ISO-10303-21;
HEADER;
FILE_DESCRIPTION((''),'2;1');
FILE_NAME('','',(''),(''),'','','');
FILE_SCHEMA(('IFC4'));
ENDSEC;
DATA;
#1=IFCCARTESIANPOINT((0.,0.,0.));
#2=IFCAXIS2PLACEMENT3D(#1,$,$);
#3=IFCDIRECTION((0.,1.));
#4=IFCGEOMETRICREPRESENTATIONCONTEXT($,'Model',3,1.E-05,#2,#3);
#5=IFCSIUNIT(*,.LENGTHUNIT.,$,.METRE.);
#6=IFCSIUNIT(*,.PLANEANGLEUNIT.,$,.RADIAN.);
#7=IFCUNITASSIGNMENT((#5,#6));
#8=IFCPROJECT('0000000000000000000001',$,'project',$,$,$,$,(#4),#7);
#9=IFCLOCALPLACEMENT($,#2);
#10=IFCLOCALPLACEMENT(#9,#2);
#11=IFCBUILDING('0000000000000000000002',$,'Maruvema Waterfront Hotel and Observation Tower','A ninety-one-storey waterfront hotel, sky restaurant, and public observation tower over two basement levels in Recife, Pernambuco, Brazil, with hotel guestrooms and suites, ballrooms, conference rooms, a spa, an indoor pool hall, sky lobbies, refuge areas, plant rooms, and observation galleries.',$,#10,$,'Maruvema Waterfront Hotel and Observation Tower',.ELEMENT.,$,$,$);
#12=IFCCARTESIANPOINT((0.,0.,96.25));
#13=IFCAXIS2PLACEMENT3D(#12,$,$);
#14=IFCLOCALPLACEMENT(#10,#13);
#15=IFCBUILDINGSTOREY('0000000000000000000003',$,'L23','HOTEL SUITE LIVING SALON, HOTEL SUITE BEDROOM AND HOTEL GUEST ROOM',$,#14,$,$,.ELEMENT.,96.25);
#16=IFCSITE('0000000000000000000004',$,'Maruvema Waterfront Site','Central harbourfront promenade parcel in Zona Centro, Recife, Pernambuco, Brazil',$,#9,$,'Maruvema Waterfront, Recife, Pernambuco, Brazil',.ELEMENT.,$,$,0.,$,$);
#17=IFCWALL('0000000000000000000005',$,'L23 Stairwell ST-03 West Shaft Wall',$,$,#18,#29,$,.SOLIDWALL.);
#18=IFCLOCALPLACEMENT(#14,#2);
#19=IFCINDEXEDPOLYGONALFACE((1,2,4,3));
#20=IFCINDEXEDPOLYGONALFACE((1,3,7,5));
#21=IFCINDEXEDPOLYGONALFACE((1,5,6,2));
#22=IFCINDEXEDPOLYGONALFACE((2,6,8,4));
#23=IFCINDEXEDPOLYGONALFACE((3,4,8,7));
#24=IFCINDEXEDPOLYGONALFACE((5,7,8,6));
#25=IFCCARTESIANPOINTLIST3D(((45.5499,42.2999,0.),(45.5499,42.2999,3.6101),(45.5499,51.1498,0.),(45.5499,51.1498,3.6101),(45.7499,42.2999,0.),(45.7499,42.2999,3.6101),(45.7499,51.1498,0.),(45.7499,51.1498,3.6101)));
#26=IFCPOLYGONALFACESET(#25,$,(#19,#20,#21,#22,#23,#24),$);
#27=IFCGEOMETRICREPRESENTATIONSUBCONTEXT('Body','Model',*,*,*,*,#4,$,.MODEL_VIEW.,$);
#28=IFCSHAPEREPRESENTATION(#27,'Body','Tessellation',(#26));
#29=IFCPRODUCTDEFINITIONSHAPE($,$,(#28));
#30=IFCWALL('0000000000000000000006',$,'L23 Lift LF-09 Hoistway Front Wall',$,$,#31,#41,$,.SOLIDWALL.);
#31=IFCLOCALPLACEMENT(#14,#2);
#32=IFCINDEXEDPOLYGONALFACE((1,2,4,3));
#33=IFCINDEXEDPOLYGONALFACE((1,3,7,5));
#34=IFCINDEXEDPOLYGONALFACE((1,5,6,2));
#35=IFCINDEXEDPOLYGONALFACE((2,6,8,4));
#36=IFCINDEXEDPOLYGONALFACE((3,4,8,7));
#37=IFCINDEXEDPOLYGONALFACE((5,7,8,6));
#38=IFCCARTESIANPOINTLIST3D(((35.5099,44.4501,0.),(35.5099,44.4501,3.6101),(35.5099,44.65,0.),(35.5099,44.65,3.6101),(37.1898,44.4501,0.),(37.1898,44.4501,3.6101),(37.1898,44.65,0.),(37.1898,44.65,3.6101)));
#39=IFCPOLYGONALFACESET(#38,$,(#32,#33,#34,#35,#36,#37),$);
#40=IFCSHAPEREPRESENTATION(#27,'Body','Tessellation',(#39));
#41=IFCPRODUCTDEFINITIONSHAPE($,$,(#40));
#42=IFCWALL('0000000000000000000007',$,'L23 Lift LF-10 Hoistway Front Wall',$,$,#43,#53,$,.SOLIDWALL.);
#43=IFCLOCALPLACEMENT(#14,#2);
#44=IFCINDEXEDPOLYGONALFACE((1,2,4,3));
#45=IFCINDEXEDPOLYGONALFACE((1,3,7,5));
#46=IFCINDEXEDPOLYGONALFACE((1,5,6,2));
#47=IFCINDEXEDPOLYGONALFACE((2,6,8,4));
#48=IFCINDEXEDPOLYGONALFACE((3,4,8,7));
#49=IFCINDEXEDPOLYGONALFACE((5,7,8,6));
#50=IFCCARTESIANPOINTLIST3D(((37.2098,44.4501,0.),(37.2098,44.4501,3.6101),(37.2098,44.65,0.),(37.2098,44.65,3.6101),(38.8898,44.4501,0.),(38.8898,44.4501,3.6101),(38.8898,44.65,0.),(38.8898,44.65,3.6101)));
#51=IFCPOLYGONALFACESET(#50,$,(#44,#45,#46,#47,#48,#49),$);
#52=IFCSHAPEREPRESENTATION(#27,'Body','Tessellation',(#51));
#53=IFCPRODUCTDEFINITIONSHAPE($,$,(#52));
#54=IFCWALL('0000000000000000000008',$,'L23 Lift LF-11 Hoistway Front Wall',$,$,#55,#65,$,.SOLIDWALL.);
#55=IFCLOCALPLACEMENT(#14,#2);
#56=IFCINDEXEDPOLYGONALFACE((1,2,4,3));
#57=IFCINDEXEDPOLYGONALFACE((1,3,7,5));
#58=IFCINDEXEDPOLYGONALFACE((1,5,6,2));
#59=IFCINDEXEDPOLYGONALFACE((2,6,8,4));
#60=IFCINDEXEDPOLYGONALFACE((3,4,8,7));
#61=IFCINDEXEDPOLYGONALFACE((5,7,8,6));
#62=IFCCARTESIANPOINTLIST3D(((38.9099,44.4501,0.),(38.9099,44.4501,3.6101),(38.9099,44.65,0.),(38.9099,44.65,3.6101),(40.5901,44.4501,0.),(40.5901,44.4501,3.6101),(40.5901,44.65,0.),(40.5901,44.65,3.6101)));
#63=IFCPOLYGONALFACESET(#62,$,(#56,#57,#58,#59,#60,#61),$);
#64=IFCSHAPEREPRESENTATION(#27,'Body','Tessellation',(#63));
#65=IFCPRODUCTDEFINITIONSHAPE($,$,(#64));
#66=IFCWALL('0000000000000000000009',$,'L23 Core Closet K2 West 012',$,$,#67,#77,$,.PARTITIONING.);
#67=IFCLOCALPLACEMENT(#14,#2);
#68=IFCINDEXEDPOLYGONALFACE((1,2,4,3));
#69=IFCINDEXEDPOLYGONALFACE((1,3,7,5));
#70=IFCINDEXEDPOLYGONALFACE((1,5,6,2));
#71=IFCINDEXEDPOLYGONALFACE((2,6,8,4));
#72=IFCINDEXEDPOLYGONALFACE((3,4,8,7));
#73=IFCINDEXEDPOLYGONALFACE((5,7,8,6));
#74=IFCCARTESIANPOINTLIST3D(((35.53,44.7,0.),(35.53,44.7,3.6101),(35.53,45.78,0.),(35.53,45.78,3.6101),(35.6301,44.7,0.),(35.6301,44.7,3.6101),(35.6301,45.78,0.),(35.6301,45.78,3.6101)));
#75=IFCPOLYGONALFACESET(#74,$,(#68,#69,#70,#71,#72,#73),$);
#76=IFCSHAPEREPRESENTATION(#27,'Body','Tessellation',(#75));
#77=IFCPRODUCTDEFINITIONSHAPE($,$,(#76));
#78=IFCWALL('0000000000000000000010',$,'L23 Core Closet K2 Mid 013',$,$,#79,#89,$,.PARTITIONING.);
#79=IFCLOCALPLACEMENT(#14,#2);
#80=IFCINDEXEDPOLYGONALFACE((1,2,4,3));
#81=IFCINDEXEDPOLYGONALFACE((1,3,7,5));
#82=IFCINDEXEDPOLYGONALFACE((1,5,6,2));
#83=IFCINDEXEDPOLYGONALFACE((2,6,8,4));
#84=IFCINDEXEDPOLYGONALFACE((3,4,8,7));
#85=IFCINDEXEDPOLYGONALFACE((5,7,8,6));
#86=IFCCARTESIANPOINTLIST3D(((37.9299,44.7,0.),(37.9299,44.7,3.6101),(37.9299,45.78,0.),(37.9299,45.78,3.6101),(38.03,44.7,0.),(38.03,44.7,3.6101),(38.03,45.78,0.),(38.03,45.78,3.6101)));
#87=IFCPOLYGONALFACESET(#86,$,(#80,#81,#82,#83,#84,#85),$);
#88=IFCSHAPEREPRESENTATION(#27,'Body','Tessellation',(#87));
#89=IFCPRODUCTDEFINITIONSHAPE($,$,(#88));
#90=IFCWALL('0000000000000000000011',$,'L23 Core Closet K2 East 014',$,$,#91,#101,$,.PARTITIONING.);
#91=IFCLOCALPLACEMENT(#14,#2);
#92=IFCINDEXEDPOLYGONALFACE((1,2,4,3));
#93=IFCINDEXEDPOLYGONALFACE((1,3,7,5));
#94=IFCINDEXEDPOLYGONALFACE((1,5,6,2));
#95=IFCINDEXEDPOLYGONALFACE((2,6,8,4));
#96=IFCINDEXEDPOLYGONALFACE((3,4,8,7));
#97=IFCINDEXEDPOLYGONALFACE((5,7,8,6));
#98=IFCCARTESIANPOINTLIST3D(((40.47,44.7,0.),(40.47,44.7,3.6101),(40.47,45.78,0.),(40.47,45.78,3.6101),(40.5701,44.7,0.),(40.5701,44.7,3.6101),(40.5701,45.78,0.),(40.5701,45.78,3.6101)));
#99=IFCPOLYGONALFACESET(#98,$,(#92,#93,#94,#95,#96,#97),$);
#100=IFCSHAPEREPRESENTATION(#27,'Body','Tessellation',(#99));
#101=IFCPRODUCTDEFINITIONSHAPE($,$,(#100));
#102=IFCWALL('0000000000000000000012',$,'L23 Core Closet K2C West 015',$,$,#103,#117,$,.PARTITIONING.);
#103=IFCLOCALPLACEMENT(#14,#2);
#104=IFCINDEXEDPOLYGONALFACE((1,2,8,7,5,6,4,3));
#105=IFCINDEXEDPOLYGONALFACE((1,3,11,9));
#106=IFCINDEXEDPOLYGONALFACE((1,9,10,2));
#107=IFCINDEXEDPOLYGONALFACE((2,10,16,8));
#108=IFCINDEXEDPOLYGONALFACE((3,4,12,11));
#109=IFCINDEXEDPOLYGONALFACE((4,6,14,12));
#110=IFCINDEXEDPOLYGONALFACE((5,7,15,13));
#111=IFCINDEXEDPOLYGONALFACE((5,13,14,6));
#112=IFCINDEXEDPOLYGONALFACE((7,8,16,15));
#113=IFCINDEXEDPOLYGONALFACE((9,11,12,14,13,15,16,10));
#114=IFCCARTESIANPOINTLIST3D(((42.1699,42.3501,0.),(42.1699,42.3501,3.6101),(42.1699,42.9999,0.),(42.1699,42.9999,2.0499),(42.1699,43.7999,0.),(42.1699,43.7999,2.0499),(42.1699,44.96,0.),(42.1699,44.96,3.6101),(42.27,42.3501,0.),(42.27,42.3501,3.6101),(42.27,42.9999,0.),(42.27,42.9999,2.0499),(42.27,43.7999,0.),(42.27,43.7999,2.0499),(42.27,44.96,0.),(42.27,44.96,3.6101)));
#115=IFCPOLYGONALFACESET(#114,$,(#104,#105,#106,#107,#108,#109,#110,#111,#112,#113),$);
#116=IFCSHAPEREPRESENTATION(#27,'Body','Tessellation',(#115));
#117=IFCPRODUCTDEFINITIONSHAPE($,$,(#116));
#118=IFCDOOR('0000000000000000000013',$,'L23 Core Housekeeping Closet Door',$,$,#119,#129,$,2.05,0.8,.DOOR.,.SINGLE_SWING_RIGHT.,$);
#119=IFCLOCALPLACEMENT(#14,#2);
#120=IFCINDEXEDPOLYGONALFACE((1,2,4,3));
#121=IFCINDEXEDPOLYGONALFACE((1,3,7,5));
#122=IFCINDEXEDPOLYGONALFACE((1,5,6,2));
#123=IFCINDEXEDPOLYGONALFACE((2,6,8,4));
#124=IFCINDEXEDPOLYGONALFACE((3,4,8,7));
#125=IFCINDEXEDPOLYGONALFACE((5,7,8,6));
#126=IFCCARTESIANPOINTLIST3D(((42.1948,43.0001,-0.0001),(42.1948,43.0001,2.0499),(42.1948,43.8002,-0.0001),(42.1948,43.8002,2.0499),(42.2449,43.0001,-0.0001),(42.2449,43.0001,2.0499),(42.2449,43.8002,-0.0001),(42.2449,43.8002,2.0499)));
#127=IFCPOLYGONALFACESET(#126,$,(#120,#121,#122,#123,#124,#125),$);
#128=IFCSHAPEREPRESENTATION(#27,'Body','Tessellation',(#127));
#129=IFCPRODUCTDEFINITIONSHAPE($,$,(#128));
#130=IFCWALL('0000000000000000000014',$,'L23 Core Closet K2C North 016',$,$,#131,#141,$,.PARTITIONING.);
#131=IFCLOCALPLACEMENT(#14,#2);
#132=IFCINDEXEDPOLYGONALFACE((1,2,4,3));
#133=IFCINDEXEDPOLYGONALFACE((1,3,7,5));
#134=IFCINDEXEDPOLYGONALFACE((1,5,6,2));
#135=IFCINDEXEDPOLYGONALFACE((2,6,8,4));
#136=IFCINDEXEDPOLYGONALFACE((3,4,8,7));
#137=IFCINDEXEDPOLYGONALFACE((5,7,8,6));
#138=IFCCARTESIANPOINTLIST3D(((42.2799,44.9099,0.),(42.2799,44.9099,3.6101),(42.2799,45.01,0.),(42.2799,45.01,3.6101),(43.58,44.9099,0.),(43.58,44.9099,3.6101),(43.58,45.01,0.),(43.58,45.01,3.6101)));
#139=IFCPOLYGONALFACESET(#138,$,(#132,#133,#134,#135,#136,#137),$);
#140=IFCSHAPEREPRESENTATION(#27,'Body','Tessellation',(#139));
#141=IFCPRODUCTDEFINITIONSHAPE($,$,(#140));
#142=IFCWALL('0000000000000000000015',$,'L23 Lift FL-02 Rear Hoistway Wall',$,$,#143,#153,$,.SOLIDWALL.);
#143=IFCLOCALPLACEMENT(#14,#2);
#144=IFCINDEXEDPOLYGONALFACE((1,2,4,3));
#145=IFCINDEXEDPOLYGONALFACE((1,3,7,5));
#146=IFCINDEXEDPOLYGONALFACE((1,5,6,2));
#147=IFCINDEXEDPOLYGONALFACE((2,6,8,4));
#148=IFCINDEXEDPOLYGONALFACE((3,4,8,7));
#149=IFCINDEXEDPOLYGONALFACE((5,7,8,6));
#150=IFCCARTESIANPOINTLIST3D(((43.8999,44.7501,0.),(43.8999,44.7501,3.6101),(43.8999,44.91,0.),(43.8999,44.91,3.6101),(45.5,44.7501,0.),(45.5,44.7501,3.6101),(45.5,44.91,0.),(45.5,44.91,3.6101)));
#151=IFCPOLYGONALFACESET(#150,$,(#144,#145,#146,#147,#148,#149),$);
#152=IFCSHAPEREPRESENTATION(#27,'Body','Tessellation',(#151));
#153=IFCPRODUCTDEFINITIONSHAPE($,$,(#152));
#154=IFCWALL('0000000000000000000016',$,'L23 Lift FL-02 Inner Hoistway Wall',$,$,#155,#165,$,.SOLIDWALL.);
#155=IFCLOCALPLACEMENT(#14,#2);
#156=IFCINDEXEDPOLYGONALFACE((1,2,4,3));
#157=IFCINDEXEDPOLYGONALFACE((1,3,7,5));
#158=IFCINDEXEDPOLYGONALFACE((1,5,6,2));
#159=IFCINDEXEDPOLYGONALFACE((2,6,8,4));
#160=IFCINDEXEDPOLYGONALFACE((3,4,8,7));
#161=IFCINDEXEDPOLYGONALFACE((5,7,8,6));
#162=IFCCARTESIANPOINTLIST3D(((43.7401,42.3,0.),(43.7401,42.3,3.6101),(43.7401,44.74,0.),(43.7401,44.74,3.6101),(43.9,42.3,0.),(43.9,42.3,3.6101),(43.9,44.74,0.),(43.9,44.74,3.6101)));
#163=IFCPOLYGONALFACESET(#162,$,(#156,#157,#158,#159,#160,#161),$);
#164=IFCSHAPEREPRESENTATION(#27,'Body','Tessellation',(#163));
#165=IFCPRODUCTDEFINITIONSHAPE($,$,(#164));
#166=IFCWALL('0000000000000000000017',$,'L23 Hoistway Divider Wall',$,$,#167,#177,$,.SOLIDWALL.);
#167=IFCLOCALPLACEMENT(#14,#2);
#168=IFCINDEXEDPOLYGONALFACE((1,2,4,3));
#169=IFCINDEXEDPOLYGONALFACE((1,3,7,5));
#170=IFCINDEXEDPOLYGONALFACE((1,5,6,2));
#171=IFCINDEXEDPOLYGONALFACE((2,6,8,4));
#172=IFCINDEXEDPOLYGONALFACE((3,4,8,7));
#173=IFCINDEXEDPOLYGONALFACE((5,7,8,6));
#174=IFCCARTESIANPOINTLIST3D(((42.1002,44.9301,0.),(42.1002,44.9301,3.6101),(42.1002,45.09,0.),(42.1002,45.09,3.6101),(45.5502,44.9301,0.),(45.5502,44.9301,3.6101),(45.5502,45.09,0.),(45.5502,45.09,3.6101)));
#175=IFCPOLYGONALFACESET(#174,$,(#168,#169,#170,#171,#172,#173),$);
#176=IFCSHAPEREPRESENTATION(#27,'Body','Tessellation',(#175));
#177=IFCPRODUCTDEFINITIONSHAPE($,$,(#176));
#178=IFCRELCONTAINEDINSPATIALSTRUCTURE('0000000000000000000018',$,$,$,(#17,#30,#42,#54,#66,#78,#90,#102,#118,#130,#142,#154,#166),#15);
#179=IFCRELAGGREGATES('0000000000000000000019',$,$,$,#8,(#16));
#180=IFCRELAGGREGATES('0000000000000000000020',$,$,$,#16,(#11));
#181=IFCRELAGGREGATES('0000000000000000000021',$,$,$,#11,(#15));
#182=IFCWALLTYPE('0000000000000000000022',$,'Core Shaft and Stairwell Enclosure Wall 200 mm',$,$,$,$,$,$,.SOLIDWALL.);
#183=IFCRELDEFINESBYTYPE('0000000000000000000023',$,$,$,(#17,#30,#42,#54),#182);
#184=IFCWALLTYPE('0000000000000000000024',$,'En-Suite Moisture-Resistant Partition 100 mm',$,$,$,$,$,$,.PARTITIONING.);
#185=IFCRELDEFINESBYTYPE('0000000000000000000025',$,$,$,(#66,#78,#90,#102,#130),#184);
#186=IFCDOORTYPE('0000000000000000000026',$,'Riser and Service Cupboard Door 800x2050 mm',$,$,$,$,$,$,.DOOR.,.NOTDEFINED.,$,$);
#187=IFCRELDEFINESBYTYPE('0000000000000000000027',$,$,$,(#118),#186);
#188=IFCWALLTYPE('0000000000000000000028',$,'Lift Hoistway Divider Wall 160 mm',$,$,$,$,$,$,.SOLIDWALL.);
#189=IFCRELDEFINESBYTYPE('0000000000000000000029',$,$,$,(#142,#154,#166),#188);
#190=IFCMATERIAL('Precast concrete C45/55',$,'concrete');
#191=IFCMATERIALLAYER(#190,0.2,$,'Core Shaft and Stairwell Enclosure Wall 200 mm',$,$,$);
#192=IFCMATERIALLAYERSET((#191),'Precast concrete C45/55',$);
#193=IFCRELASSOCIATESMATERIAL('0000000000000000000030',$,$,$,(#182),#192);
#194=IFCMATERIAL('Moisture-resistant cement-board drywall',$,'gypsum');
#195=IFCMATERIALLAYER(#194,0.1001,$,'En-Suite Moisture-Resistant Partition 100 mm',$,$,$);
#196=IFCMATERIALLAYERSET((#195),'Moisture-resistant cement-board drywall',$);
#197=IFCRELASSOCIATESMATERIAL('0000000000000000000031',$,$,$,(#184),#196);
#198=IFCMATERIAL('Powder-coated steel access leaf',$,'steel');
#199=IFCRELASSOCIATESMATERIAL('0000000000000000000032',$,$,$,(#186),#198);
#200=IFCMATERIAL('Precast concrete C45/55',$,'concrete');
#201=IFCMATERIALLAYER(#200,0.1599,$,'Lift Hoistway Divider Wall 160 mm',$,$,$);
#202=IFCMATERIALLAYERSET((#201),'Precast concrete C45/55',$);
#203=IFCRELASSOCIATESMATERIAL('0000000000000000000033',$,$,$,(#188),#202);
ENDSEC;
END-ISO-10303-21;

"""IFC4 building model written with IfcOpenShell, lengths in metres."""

from ifc_helpers import new_model, si_unit, direction, frame, frame_2d, origin, place, context, subcontext, project, spatial, rectangle, extrude, material, layer, layer_set, type_object, element, fill, save


model = new_model("IFC4")

# Units and contexts
model_context = context("Model", 3, precision=1e-05, world=origin(), true_north=direction((0.0, 1.0)))
body_context = subcontext(model_context, "Body", "Model", "MODEL_VIEW")
ifc_project = project(units=[si_unit("LENGTHUNIT", "METRE"), si_unit("PLANEANGLEUNIT", "RADIAN")], contexts=[model_context])

# Site, building, storey
site_placement = place(None, origin())
site = spatial("IfcSite", under=ifc_project, at=site_placement, Name="Maruvema Waterfront Site", Description="Central harbourfront promenade parcel in Zona Centro, Recife, Pernambuco, Brazil", LongName="Maruvema Waterfront, Recife, Pernambuco, Brazil", CompositionType="ELEMENT", RefElevation=0.0)
building_placement = place(site_placement, origin())
building = spatial("IfcBuilding", under=site, at=building_placement, Name="Maruvema Waterfront Hotel and Observation Tower", Description="A ninety-one-storey waterfront hotel, sky restaurant, and public observation tower over two basement levels in Recife, Pernambuco, Brazil, with hotel guestrooms and suites, ballrooms, conference rooms, a spa, an indoor pool hall, sky lobbies, refuge areas, plant rooms, and observation galleries.", LongName="Maruvema Waterfront Hotel and Observation Tower", CompositionType="ELEMENT")
storey_placement = place(building_placement, frame((0.0, 0.0, 96.25)))
storey = spatial("IfcBuildingStorey", under=building, at=storey_placement, Name="L23", Description="HOTEL SUITE LIVING SALON, HOTEL SUITE BEDROOM AND HOTEL GUEST ROOM", CompositionType="ELEMENT", Elevation=96.25)

# Walls
ifc_material_1 = material(Name="Precast concrete C45/55", Category="concrete")
ifc_layer_1 = layer(ifc_material_1, 0.2, Name="Core Shaft and Stairwell Enclosure Wall 200 mm")
ifc_layer_set_1 = layer_set([ifc_layer_1], Name="Precast concrete C45/55")
wall_type_1 = type_object("IfcWallType", Name="Core Shaft and Stairwell Enclosure Wall 200 mm", PredefinedType="SOLIDWALL", material=ifc_layer_set_1)
wall_1_placement = place(storey_placement, frame((45.6499, 42.3, 0.0), z_axis=(0.0, 0.0, 1.0), x_axis=(0.0, 1.0, 0.0)))
element("IfcWall", 1, at=wall_1_placement, inside=storey, type_object=wall_type_1, Name="L23 Stairwell ST-03 West Shaft Wall", PredefinedType="SOLIDWALL", context=body_context, shape_type="SweptSolid", body=[
    extrude(rectangle(XDim=8.8499, YDim=0.2, at=frame_2d((4.4248, 0.0))), origin(), (0.0, 0.0, 1.0), 3.6101),
])
for number, where, z_axis, x_axis, name in (
    (2, (35.51, 44.55, 0.0), (0.0, 0.0, 1.0), (1.0, 0.0, 0.0), "L23 Lift LF-09 Hoistway Front Wall"),
    (3, (37.21, 44.55, 0.0), (0.0, 0.0, 1.0), (1.0, 0.0, 0.0), "L23 Lift LF-10 Hoistway Front Wall"),
):
    element("IfcWall", number, at=place(storey_placement, frame(where, z_axis=z_axis, x_axis=x_axis)), inside=storey, type_object=wall_type_1, Name=name, PredefinedType="SOLIDWALL", context=body_context, shape_type="SweptSolid", body=[
        extrude(rectangle(XDim=1.6799, YDim=0.2, at=frame_2d((0.8398, 0.0))), origin(), (0.0, 0.0, 1.0), 3.6101),
    ])
wall_2_placement = place(storey_placement, frame((38.9099, 44.55, 0.0), z_axis=(0.0, 0.0, 1.0), x_axis=(1.0, 0.0, 0.0)))
element("IfcWall", 4, at=wall_2_placement, inside=storey, type_object=wall_type_1, Name="L23 Lift LF-11 Hoistway Front Wall", PredefinedType="SOLIDWALL", context=body_context, shape_type="SweptSolid", body=[
    extrude(rectangle(XDim=1.6802, YDim=0.2, at=frame_2d((0.8401, 0.0))), origin(), (0.0, 0.0, 1.0), 3.6101),
])
ifc_material_2 = material(Name="Moisture-resistant cement-board drywall", Category="gypsum")
ifc_layer_2 = layer(ifc_material_2, 0.1001, Name="En-Suite Moisture-Resistant Partition 100 mm")
ifc_layer_set_2 = layer_set([ifc_layer_2], Name="Moisture-resistant cement-board drywall")
wall_type_2 = type_object("IfcWallType", Name="En-Suite Moisture-Resistant Partition 100 mm", PredefinedType="PARTITIONING", material=ifc_layer_set_2)
for number, where, z_axis, x_axis, name in (
    (5, (35.5801, 44.7, 0.0), (0.0, 0.0, 1.0), (0.0, 1.0, 0.0), "L23 Core Closet K2 West 012"),
    (6, (37.98, 44.7, 0.0), (0.0, 0.0, 1.0), (0.0, 1.0, 0.0), "L23 Core Closet K2 Mid 013"),
    (7, (40.52, 44.7, 0.0), (0.0, 0.0, 1.0), (0.0, 1.0, 0.0), "L23 Core Closet K2 East 014"),
):
    element("IfcWall", number, at=place(storey_placement, frame(where, z_axis=z_axis, x_axis=x_axis)), inside=storey, type_object=wall_type_2, Name=name, PredefinedType="PARTITIONING", context=body_context, shape_type="SweptSolid", body=[
        extrude(rectangle(XDim=1.0801, YDim=0.1001, at=frame_2d((0.54, 0.0))), origin(), (0.0, 0.0, 1.0), 3.6101),
    ])

# Wall, opening, door
wall_3_placement = place(storey_placement, frame((42.22, 42.3501, 0.0), z_axis=(0.0, 0.0, 1.0), x_axis=(0.0, 1.0, 0.0)))
wall_3 = element("IfcWall", 8, at=wall_3_placement, inside=storey, type_object=wall_type_2, Name="L23 Core Closet K2C West 015", PredefinedType="PARTITIONING", context=body_context, shape_type="SweptSolid", body=[
    extrude(rectangle(XDim=2.6099, YDim=0.1001, at=frame_2d((1.3049, 0.0))), origin(), (0.0, 0.0, 1.0), 3.6101),
])
opening_placement = place(wall_3_placement, frame((0.6499, 0.0, 0.0)))
opening = element("IfcOpeningElement", 9, at=opening_placement, cuts=wall_3, PredefinedType="OPENING", context=body_context, shape_type="SweptSolid", body=[
    extrude(rectangle(XDim=0.8, YDim=2.05, at=frame_2d((0.3999, 1.0249))), frame((0.0, 0.0601, 0.0), z_axis=(0.0, -1.0, 0.0), x_axis=(1.0, 0.0, 0.0)), (0.0, 0.0, 1.0), 0.1201),
])
ifc_material_3 = material(Name="Powder-coated steel access leaf", Category="steel")
door_type = type_object("IfcDoorType", Name="Riser and Service Cupboard Door 800x2050 mm", OperationType="NOTDEFINED", PredefinedType="DOOR", material=ifc_material_3)
door_placement = place(opening_placement, frame((0.8, 0.0, 0.0), z_axis=(0.0, 0.0, 1.0), x_axis=(-1.0, 0.0, 0.0)))
door = element("IfcDoor", 10, at=door_placement, inside=storey, type_object=door_type, Name="L23 Core Housekeeping Closet Door", OperationType="SINGLE_SWING_RIGHT", OverallHeight=2.05, OverallWidth=0.8, PredefinedType="DOOR", context=body_context, shape_type="SweptSolid", body=[
    extrude(rectangle(XDim=0.8, YDim=2.05, at=frame_2d((0.3999, 1.0249))), frame((0.0, 0.0249, 0.0), z_axis=(0.0, -1.0, 0.0), x_axis=(1.0, 0.0, 0.0)), (0.0, 0.0, 1.0), 0.05),
])
fill(opening, door)

# Walls
wall_4_placement = place(storey_placement, frame((42.28, 44.96, 0.0), z_axis=(0.0, 0.0, 1.0), x_axis=(1.0, 0.0, 0.0)))
element("IfcWall", 11, at=wall_4_placement, inside=storey, type_object=wall_type_2, Name="L23 Core Closet K2C North 016", PredefinedType="PARTITIONING", context=body_context, shape_type="SweptSolid", body=[
    extrude(rectangle(XDim=1.3, YDim=0.1001, at=frame_2d((0.6499, 0.0))), origin(), (0.0, 0.0, 1.0), 3.6101),
])
ifc_material_4 = material(Name="Precast concrete C45/55", Category="concrete")
ifc_layer_3 = layer(ifc_material_4, 0.1599, Name="Lift Hoistway Divider Wall 160 mm")
ifc_layer_set_3 = layer_set([ifc_layer_3], Name="Precast concrete C45/55")
wall_type_3 = type_object("IfcWallType", Name="Lift Hoistway Divider Wall 160 mm", PredefinedType="SOLIDWALL", material=ifc_layer_set_3)
wall_5_placement = place(storey_placement, frame((43.8999, 44.8301, 0.0), z_axis=(0.0, 0.0, 1.0), x_axis=(1.0, 0.0, 0.0)))
element("IfcWall", 12, at=wall_5_placement, inside=storey, type_object=wall_type_3, Name="L23 Lift FL-02 Rear Hoistway Wall", PredefinedType="SOLIDWALL", context=body_context, shape_type="SweptSolid", body=[
    extrude(rectangle(XDim=1.6001, YDim=0.1599, at=frame_2d((0.8, 0.0))), origin(), (0.0, 0.0, 1.0), 3.6101),
])
wall_6_placement = place(storey_placement, frame((43.8201, 42.3, 0.0), z_axis=(0.0, 0.0, 1.0), x_axis=(0.0, 1.0, 0.0)))
element("IfcWall", 13, at=wall_6_placement, inside=storey, type_object=wall_type_3, Name="L23 Lift FL-02 Inner Hoistway Wall", PredefinedType="SOLIDWALL", context=body_context, shape_type="SweptSolid", body=[
    extrude(rectangle(XDim=2.4399, YDim=0.1599, at=frame_2d((1.22, 0.0))), origin(), (0.0, 0.0, 1.0), 3.6101),
])
wall_7_placement = place(storey_placement, frame((42.1001, 45.01, 0.0), z_axis=(0.0, 0.0, 1.0), x_axis=(1.0, 0.0, 0.0)))
element("IfcWall", 14, at=wall_7_placement, inside=storey, type_object=wall_type_3, Name="L23 Hoistway Divider Wall", PredefinedType="SOLIDWALL", context=body_context, shape_type="SweptSolid", body=[
    extrude(rectangle(XDim=3.45, YDim=0.1599, at=frame_2d((1.7251, 0.0))), origin(), (0.0, 0.0, 1.0), 3.6101),
])

save(model, "model.ifc")
